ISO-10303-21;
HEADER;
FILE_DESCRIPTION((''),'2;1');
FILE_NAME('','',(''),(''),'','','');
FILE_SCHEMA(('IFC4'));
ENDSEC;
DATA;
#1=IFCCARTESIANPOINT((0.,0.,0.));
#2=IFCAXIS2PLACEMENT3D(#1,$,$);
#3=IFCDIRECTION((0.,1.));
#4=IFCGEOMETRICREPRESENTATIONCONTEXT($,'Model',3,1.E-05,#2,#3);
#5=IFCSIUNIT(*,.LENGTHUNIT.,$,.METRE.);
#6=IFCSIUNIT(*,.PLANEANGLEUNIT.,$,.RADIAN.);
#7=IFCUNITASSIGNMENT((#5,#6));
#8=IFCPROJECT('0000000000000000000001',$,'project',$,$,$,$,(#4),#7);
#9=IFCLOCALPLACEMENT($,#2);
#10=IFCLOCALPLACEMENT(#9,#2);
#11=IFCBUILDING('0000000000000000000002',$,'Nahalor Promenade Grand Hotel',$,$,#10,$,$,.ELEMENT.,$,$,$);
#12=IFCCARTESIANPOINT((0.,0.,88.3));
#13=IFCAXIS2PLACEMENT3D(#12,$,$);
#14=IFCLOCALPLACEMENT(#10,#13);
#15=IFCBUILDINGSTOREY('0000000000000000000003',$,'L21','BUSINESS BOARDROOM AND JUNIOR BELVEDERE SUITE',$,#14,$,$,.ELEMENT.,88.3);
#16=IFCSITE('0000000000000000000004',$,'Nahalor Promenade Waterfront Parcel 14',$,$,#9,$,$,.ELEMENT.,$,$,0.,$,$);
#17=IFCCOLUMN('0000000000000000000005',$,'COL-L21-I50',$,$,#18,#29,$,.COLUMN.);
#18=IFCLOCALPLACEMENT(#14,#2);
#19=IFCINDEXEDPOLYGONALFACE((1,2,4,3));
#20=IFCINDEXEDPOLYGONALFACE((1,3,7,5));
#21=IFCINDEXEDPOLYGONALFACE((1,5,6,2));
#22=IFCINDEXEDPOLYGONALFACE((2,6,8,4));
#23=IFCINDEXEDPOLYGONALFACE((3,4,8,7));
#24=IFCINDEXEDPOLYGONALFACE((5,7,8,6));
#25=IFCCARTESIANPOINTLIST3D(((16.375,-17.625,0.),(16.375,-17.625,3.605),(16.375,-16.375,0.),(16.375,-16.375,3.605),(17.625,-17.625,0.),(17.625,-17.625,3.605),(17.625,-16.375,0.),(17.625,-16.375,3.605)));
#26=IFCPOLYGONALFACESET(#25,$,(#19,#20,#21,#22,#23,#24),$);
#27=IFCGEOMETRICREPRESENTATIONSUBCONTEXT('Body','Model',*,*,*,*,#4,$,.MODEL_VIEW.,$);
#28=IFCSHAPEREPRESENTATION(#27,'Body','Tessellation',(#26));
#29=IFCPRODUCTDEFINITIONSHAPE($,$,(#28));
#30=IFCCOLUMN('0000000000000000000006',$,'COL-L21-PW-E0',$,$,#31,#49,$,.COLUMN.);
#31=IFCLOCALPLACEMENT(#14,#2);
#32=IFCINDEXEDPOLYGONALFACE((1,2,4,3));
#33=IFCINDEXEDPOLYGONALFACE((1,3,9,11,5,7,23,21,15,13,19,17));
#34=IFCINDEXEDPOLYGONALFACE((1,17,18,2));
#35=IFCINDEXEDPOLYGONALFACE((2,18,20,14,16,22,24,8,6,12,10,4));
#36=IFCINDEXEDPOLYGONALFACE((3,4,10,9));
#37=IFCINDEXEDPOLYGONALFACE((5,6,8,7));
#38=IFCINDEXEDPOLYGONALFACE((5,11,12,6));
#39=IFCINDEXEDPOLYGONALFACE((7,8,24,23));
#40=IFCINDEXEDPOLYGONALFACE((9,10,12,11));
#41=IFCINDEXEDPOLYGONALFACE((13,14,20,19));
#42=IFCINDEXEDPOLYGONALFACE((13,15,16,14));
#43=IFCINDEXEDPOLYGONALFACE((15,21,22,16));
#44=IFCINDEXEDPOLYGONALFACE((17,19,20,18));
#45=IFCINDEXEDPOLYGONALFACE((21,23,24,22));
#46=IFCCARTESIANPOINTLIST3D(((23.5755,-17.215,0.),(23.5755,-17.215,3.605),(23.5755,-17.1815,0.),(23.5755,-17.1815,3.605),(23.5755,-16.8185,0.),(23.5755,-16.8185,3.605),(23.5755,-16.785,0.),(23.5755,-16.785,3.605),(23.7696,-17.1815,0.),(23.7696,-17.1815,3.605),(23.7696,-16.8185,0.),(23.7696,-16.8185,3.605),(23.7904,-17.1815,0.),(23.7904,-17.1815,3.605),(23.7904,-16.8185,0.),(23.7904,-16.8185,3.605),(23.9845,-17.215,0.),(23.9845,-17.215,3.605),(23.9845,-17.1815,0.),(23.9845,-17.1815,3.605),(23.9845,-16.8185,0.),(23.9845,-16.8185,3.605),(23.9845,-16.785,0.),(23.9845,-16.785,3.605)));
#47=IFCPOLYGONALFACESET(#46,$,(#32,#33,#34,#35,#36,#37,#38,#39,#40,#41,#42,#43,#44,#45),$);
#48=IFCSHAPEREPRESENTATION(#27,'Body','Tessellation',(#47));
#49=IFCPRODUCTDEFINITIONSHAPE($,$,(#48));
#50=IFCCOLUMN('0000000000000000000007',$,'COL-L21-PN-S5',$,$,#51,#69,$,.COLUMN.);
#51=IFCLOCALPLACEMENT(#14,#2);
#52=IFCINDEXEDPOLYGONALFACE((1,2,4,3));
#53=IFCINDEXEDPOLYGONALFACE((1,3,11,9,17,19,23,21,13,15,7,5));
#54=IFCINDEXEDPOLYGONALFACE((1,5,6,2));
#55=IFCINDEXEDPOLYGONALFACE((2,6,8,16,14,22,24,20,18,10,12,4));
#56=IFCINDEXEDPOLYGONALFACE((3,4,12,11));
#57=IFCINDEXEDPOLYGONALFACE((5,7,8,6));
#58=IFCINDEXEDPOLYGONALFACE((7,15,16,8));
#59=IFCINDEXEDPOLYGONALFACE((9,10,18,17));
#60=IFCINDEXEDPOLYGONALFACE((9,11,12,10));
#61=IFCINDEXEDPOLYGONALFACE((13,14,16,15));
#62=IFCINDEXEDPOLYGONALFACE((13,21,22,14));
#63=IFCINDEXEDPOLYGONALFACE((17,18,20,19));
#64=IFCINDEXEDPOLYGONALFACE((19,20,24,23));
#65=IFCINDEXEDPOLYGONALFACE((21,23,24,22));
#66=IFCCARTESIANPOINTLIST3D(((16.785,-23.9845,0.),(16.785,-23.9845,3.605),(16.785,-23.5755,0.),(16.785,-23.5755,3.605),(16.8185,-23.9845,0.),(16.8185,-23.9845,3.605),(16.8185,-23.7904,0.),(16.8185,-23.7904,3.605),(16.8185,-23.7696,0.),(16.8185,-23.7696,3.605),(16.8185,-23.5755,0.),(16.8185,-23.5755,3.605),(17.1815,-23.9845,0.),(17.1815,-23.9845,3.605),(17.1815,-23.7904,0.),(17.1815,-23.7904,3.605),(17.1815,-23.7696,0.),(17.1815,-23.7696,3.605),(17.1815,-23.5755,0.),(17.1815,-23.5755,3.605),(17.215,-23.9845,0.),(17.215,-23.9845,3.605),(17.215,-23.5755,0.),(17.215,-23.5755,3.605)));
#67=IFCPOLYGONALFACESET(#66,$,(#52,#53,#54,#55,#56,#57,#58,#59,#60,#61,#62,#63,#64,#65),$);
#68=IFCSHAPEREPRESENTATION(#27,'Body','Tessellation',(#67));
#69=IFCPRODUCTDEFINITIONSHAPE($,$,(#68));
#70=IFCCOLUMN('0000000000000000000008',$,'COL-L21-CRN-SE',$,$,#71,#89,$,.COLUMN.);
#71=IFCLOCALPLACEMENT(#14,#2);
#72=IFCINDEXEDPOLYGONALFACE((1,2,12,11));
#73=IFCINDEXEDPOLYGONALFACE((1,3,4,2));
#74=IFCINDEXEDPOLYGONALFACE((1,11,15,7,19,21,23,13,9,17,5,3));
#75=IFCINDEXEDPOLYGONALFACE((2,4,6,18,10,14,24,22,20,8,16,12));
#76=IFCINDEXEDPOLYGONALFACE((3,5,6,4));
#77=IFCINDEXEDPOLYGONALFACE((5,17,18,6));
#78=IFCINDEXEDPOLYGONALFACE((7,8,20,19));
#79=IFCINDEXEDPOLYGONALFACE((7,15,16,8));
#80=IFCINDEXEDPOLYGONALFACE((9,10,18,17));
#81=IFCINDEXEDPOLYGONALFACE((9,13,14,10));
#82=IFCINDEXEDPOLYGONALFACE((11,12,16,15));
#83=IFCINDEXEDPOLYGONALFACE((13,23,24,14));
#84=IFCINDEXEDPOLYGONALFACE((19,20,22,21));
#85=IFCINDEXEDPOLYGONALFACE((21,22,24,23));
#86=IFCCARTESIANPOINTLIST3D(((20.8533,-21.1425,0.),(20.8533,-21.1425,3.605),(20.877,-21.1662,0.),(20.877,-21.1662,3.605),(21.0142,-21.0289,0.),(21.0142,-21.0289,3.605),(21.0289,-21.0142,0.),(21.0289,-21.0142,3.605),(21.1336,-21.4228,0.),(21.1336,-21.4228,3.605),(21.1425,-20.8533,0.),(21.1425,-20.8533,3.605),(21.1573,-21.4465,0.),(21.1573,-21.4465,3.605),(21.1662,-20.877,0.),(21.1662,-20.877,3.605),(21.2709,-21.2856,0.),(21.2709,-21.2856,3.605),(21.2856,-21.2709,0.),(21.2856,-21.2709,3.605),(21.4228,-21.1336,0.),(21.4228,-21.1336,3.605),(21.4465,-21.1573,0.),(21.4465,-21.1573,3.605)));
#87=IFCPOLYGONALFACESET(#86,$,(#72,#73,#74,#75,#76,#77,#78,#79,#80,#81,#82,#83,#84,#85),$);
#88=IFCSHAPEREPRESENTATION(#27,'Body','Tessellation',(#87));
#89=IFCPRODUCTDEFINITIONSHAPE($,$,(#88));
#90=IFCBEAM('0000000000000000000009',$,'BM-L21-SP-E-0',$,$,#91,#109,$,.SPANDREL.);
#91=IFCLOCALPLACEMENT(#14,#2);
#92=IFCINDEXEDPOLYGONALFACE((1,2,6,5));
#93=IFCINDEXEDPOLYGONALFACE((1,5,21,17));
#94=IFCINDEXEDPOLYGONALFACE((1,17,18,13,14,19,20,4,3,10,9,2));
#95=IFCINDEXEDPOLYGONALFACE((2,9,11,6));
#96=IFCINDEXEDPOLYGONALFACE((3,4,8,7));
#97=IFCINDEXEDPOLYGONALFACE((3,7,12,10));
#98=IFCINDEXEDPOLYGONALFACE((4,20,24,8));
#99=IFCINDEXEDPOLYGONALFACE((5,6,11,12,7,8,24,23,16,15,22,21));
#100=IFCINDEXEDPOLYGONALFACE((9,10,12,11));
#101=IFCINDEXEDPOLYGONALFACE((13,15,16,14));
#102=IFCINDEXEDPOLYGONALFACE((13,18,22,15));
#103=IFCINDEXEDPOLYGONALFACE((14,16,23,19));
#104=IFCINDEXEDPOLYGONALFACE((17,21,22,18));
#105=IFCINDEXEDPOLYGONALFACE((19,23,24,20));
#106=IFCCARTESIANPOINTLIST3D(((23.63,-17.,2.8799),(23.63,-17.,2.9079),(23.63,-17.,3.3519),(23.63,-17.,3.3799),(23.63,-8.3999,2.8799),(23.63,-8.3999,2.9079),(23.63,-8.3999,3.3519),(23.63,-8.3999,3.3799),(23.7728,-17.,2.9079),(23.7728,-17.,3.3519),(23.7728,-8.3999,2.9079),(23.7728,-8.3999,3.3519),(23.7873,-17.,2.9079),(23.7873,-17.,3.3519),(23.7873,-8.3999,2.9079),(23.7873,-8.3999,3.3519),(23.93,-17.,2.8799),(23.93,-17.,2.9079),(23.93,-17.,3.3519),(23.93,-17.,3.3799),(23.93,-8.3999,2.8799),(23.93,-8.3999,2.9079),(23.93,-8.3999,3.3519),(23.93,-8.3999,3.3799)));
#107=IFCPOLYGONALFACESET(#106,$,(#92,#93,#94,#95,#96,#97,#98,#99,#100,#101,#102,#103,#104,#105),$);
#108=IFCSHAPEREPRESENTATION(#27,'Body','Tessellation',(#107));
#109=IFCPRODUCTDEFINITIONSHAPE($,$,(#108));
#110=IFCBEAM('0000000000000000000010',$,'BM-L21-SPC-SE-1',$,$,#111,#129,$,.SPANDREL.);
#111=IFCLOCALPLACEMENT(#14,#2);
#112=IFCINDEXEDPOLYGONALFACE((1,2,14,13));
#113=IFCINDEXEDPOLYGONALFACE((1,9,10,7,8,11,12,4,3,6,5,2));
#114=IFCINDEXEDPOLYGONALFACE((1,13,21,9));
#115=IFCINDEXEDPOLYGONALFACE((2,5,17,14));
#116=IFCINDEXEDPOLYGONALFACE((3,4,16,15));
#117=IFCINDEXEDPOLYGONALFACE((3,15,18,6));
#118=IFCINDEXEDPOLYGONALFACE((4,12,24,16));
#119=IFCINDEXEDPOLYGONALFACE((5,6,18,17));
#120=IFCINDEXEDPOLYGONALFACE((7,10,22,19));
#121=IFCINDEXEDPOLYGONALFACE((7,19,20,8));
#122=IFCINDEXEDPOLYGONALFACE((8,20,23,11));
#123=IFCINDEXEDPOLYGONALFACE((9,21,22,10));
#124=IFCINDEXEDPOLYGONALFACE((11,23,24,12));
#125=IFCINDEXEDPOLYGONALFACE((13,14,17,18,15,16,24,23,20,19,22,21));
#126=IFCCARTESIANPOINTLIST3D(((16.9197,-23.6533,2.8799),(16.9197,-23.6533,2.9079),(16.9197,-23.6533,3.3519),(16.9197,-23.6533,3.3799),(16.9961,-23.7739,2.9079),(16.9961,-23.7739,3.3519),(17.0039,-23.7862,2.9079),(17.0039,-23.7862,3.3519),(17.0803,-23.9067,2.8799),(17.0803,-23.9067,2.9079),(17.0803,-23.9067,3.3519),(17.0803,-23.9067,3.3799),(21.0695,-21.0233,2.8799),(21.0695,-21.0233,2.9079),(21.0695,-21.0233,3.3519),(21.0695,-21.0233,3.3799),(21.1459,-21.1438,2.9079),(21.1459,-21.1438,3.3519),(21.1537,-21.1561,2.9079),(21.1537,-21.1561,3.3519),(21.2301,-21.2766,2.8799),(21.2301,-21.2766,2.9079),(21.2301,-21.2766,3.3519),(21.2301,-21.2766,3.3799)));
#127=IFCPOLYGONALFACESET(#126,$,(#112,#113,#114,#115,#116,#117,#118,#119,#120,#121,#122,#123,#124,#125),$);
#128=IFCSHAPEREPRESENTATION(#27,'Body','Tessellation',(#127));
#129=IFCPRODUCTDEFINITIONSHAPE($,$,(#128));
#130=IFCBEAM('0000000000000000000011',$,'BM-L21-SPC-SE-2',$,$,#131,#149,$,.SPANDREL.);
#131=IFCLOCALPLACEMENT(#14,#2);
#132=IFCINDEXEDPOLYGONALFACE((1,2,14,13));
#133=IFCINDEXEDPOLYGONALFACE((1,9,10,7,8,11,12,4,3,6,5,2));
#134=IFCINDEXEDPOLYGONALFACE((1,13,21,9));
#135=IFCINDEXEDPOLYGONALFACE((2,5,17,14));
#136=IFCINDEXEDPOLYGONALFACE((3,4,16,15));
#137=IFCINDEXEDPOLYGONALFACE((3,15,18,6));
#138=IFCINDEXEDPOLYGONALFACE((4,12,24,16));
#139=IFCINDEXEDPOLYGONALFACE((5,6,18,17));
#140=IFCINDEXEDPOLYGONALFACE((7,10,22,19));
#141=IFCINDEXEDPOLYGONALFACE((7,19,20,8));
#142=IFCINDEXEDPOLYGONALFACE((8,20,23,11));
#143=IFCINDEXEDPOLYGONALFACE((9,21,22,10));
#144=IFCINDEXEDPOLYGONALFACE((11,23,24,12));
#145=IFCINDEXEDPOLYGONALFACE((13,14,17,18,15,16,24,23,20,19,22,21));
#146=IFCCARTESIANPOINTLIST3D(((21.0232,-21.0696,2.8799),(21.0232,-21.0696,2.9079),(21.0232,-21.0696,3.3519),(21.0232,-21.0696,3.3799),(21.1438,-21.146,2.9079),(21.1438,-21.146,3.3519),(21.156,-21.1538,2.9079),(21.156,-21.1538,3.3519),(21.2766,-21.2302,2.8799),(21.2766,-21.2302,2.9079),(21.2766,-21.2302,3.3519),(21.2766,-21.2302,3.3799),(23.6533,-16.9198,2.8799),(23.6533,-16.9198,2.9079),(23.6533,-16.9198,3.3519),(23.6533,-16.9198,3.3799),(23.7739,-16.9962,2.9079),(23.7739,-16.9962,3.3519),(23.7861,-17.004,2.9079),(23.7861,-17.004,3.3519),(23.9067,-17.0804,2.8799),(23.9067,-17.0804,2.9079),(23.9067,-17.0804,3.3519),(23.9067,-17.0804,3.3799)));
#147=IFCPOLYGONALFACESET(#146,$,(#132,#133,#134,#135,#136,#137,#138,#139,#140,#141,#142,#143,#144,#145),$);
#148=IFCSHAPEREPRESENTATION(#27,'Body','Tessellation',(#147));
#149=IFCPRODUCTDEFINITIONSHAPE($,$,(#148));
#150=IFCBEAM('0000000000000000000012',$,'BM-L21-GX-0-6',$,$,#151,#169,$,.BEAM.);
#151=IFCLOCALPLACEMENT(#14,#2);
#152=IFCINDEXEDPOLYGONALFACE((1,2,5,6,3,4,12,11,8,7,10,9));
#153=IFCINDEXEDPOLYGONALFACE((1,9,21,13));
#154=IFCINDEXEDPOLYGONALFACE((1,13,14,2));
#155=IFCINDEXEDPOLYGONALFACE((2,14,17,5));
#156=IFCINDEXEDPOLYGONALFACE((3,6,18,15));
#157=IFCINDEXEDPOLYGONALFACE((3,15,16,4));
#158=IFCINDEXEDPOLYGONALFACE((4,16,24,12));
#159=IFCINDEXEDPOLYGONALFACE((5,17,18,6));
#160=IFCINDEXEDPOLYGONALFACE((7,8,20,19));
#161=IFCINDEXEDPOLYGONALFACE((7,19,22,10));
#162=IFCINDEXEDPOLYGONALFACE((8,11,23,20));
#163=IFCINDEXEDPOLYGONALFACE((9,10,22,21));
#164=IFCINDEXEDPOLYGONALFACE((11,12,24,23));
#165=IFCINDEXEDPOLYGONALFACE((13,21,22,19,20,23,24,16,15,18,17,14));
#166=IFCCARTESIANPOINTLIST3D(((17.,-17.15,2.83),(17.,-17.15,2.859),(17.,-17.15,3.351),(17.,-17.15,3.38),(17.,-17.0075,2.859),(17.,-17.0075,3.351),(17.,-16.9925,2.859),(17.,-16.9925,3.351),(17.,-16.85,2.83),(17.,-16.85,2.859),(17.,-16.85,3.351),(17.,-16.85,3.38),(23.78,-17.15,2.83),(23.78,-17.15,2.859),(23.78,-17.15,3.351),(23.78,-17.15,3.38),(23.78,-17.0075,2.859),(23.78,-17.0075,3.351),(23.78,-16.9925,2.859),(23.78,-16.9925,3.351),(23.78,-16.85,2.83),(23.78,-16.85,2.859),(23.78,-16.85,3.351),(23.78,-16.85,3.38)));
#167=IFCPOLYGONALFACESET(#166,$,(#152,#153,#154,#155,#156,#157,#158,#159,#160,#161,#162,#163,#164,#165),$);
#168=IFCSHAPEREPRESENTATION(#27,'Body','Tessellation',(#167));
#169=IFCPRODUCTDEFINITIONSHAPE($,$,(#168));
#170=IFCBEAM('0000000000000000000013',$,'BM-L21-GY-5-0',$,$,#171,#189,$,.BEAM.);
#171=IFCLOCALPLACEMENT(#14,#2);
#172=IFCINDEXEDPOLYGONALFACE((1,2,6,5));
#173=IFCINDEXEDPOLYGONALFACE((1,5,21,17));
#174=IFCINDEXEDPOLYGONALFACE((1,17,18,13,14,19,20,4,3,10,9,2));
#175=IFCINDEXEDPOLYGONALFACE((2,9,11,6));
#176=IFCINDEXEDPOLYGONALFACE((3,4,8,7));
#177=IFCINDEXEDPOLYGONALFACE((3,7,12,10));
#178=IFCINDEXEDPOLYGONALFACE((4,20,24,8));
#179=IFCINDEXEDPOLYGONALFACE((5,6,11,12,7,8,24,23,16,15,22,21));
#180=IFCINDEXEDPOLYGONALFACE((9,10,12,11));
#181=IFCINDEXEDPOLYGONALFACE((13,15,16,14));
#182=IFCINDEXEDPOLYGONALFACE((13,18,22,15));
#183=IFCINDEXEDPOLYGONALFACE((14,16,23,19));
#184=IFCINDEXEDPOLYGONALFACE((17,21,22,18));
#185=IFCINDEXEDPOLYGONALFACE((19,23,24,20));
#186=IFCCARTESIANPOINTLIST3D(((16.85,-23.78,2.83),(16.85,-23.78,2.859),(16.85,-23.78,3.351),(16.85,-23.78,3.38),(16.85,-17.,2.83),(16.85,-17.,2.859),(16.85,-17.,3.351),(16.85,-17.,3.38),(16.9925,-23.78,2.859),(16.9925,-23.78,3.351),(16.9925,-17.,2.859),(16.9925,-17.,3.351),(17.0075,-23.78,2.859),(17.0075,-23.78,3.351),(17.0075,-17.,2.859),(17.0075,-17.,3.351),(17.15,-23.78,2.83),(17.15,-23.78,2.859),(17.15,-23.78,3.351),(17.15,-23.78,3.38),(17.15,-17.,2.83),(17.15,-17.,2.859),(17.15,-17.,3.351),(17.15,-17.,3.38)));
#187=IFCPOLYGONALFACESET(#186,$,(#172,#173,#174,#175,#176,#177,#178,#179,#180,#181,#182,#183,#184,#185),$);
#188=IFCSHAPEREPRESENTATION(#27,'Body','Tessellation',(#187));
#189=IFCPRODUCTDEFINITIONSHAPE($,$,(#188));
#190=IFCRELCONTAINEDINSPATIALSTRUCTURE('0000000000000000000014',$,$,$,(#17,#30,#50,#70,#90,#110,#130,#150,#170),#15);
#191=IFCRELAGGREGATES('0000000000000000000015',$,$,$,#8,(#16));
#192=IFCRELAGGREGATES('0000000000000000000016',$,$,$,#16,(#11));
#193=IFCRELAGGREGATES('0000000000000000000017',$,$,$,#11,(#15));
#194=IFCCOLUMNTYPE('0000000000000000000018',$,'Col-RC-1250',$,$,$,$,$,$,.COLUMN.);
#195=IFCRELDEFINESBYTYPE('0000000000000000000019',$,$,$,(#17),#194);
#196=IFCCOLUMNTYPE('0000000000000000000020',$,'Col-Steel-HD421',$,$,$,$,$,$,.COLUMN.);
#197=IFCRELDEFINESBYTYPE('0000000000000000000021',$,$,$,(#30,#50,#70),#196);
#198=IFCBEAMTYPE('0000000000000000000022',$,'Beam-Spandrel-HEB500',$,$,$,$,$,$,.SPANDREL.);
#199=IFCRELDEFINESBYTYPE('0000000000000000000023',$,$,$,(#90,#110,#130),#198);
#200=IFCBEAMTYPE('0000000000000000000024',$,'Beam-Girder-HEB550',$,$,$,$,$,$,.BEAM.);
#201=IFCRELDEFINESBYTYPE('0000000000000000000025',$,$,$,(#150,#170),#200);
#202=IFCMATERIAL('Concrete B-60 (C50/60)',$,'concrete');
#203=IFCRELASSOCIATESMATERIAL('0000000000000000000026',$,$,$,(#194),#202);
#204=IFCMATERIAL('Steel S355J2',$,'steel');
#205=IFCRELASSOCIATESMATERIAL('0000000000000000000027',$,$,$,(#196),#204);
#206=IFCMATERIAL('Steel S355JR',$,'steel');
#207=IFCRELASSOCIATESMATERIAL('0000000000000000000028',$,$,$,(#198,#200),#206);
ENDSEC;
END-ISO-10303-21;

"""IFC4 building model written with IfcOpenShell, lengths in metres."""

from ifc_helpers import new_model, si_unit, direction, frame, origin, origin_2d, place, context, subcontext, project, spatial, rectangle, i_section, extrude, source, transform, mapped, material, material_profile, profile_set, type_object, element, save


model = new_model("IFC4")

# Units and contexts
model_context = context("Model", 3, precision=1e-05, world=origin(), true_north=direction((0.0, 1.0)))
body_context = subcontext(model_context, "Body", "Model", "MODEL_VIEW")
ifc_project = project(units=[si_unit("LENGTHUNIT", "METRE"), si_unit("PLANEANGLEUNIT", "RADIAN")], contexts=[model_context])

# Site, building, storey
site_placement = place(None, origin())
site = spatial("IfcSite", under=ifc_project, at=site_placement, Name="Nahalor Promenade Waterfront Parcel 14", CompositionType="ELEMENT", RefElevation=0.0)
building_placement = place(site_placement, origin())
building = spatial("IfcBuilding", under=site, at=building_placement, Name="Nahalor Promenade Grand Hotel", CompositionType="ELEMENT")
storey_placement = place(building_placement, frame((0.0, 0.0, 88.3)))
storey = spatial("IfcBuildingStorey", under=building, at=storey_placement, Name="L21", Description="BUSINESS BOARDROOM AND JUNIOR BELVEDERE SUITE", CompositionType="ELEMENT", Elevation=88.3)

# Columns
ifc_material_1 = material(Name="Concrete B-60 (C50/60)", Category="concrete")
ifc_material_profile_1 = material_profile(ifc_material_1, rectangle(XDim=1.25, YDim=1.25, at=origin_2d()), Name="RC 1250x1250")
ifc_profile_set_1 = profile_set([ifc_material_profile_1], Name="Concrete B-60 (C50/60)")
column_type_1 = type_object("IfcColumnType", Name="Col-RC-1250", PredefinedType="COLUMN", material=ifc_profile_set_1)
shared_shape_1 = source(origin(), body_context, "Body", "SweptSolid", [
    extrude(rectangle(XDim=1.25, YDim=1.25, at=origin_2d()), origin(), (0.0, 0.0, 1.0), 3.605),
])
column_placement = place(storey_placement, frame((17.0, -17.0, 0.0), z_axis=(0.0, 0.0, 1.0), x_axis=(1.0, 0.0, 0.0)))
element("IfcColumn", 1, at=column_placement, inside=storey, type_object=column_type_1, Name="COL-L21-I50", PredefinedType="COLUMN", context=body_context, shape_type="MappedRepresentation", body=[
    mapped(shared_shape_1, transform((0.0, 0.0, 0.0), scale=1.0)),
])
ifc_material_2 = material(Name="Steel S355J2", Category="steel")
ifc_material_profile_2 = material_profile(ifc_material_2, i_section(OverallWidth=0.409, OverallDepth=0.43, WebThickness=0.0208, FlangeThickness=0.0335, at=origin_2d()), Name="HD 400x421")
ifc_profile_set_2 = profile_set([ifc_material_profile_2], Name="Steel S355J2")
column_type_2 = type_object("IfcColumnType", Name="Col-Steel-HD421", PredefinedType="COLUMN", material=ifc_profile_set_2)
shared_shape_2 = source(origin(), body_context, "Body", "SweptSolid", [
    extrude(i_section(OverallWidth=0.409, OverallDepth=0.43, WebThickness=0.0208, FlangeThickness=0.0335, at=origin_2d()), origin(), (0.0, 0.0, 1.0), 3.605),
])
for number, where, z_axis, x_axis, name in (
    (2, (23.78, -17.0, 0.0), (0.0, 0.0, 1.0), (1.0, 0.0, 0.0), "COL-L21-PW-E0"),
    (3, (17.0, -23.78, 0.0), (0.0, 0.0, 1.0), (0.0, 1.0, 0.0), "COL-L21-PN-S5"),
    (4, (21.1499, -21.1499, 0.0), (0.0, 0.0, 1.0), (0.707107, 0.707107, 0.0), "COL-L21-CRN-SE"),
):
    element("IfcColumn", number, at=place(storey_placement, frame(where, z_axis=z_axis, x_axis=x_axis)), inside=storey, type_object=column_type_2, Name=name, PredefinedType="COLUMN", context=body_context, shape_type="MappedRepresentation", body=[
        mapped(shared_shape_2, transform((0.0, 0.0, 0.0), scale=1.0)),
    ])

# Beams
ifc_material_3 = material(Name="Steel S355JR", Category="steel")
ifc_material_profile_3 = material_profile(ifc_material_3, i_section(OverallWidth=0.3, OverallDepth=0.5, WebThickness=0.0145, FlangeThickness=0.028, at=origin_2d()), Name="HEB 500")
ifc_profile_set_3 = profile_set([ifc_material_profile_3], Name="Steel S355JR")
beam_type_1 = type_object("IfcBeamType", Name="Beam-Spandrel-HEB500", PredefinedType="SPANDREL", material=ifc_profile_set_3)
shared_shape_3 = source(origin(), body_context, "Body", "SweptSolid", [
    extrude(i_section(OverallWidth=0.3, OverallDepth=0.5, WebThickness=0.0145, FlangeThickness=0.028, at=origin_2d()), origin(), (0.0, 0.0, 1.0), 8.6001),
])
beam_1_placement = place(storey_placement, frame((23.78, -17.0, 3.1299), z_axis=(0.0, 1.0, 0.0), x_axis=(-1.0, 0.0, 0.0)))
element("IfcBeam", 5, at=beam_1_placement, inside=storey, type_object=beam_type_1, Name="BM-L21-SP-E-0", PredefinedType="SPANDREL", context=body_context, shape_type="MappedRepresentation", body=[
    mapped(shared_shape_3, transform((0.0, 0.0, 0.0), scale=1.0)),
])
shared_shape_4 = source(origin(), body_context, "Body", "SweptSolid", [
    extrude(i_section(OverallWidth=0.3, OverallDepth=0.5, WebThickness=0.0145, FlangeThickness=0.028, at=origin_2d()), origin(), (0.0, 0.0, 1.0), 4.9131),
])
for number, where, z_axis, x_axis, name in (
    (6, (17.0, -23.78, 3.1299), (0.844648, 0.535322, 0.0), (-0.535322, 0.844648, 0.0), "BM-L21-SPC-SE-1"),
    (7, (21.1499, -21.1499, 3.1299), (0.535322, 0.844648, 0.0), (-0.844648, 0.535322, 0.0), "BM-L21-SPC-SE-2"),
):
    element("IfcBeam", number, at=place(storey_placement, frame(where, z_axis=z_axis, x_axis=x_axis)), inside=storey, type_object=beam_type_1, Name=name, PredefinedType="SPANDREL", context=body_context, shape_type="MappedRepresentation", body=[
        mapped(shared_shape_4, transform((0.0, 0.0, 0.0), scale=1.0)),
    ])
ifc_material_profile_4 = material_profile(ifc_material_3, i_section(OverallWidth=0.3, OverallDepth=0.55, WebThickness=0.015, FlangeThickness=0.029, at=origin_2d()), Name="HEB 550")
ifc_profile_set_4 = profile_set([ifc_material_profile_4], Name="Steel S355JR")
beam_type_2 = type_object("IfcBeamType", Name="Beam-Girder-HEB550", PredefinedType="BEAM", material=ifc_profile_set_4)
shared_shape_5 = source(origin(), body_context, "Body", "SweptSolid", [
    extrude(i_section(OverallWidth=0.3, OverallDepth=0.55, WebThickness=0.015, FlangeThickness=0.029, at=origin_2d()), origin(), (0.0, 0.0, 1.0), 6.78),
])
for number, where, z_axis, x_axis, name in (
    (8, (17.0, -17.0, 3.105), (1.0, 0.0, 0.0), (0.0, 1.0, 0.0), "BM-L21-GX-0-6"),
    (9, (17.0, -23.78, 3.105), (0.0, 1.0, 0.0), (-1.0, 0.0, 0.0), "BM-L21-GY-5-0"),
):
    element("IfcBeam", number, at=place(storey_placement, frame(where, z_axis=z_axis, x_axis=x_axis)), inside=storey, type_object=beam_type_2, Name=name, PredefinedType="BEAM", context=body_context, shape_type="MappedRepresentation", body=[
        mapped(shared_shape_5, transform((0.0, 0.0, 0.0), scale=1.0)),
    ])

save(model, "model.ifc")
